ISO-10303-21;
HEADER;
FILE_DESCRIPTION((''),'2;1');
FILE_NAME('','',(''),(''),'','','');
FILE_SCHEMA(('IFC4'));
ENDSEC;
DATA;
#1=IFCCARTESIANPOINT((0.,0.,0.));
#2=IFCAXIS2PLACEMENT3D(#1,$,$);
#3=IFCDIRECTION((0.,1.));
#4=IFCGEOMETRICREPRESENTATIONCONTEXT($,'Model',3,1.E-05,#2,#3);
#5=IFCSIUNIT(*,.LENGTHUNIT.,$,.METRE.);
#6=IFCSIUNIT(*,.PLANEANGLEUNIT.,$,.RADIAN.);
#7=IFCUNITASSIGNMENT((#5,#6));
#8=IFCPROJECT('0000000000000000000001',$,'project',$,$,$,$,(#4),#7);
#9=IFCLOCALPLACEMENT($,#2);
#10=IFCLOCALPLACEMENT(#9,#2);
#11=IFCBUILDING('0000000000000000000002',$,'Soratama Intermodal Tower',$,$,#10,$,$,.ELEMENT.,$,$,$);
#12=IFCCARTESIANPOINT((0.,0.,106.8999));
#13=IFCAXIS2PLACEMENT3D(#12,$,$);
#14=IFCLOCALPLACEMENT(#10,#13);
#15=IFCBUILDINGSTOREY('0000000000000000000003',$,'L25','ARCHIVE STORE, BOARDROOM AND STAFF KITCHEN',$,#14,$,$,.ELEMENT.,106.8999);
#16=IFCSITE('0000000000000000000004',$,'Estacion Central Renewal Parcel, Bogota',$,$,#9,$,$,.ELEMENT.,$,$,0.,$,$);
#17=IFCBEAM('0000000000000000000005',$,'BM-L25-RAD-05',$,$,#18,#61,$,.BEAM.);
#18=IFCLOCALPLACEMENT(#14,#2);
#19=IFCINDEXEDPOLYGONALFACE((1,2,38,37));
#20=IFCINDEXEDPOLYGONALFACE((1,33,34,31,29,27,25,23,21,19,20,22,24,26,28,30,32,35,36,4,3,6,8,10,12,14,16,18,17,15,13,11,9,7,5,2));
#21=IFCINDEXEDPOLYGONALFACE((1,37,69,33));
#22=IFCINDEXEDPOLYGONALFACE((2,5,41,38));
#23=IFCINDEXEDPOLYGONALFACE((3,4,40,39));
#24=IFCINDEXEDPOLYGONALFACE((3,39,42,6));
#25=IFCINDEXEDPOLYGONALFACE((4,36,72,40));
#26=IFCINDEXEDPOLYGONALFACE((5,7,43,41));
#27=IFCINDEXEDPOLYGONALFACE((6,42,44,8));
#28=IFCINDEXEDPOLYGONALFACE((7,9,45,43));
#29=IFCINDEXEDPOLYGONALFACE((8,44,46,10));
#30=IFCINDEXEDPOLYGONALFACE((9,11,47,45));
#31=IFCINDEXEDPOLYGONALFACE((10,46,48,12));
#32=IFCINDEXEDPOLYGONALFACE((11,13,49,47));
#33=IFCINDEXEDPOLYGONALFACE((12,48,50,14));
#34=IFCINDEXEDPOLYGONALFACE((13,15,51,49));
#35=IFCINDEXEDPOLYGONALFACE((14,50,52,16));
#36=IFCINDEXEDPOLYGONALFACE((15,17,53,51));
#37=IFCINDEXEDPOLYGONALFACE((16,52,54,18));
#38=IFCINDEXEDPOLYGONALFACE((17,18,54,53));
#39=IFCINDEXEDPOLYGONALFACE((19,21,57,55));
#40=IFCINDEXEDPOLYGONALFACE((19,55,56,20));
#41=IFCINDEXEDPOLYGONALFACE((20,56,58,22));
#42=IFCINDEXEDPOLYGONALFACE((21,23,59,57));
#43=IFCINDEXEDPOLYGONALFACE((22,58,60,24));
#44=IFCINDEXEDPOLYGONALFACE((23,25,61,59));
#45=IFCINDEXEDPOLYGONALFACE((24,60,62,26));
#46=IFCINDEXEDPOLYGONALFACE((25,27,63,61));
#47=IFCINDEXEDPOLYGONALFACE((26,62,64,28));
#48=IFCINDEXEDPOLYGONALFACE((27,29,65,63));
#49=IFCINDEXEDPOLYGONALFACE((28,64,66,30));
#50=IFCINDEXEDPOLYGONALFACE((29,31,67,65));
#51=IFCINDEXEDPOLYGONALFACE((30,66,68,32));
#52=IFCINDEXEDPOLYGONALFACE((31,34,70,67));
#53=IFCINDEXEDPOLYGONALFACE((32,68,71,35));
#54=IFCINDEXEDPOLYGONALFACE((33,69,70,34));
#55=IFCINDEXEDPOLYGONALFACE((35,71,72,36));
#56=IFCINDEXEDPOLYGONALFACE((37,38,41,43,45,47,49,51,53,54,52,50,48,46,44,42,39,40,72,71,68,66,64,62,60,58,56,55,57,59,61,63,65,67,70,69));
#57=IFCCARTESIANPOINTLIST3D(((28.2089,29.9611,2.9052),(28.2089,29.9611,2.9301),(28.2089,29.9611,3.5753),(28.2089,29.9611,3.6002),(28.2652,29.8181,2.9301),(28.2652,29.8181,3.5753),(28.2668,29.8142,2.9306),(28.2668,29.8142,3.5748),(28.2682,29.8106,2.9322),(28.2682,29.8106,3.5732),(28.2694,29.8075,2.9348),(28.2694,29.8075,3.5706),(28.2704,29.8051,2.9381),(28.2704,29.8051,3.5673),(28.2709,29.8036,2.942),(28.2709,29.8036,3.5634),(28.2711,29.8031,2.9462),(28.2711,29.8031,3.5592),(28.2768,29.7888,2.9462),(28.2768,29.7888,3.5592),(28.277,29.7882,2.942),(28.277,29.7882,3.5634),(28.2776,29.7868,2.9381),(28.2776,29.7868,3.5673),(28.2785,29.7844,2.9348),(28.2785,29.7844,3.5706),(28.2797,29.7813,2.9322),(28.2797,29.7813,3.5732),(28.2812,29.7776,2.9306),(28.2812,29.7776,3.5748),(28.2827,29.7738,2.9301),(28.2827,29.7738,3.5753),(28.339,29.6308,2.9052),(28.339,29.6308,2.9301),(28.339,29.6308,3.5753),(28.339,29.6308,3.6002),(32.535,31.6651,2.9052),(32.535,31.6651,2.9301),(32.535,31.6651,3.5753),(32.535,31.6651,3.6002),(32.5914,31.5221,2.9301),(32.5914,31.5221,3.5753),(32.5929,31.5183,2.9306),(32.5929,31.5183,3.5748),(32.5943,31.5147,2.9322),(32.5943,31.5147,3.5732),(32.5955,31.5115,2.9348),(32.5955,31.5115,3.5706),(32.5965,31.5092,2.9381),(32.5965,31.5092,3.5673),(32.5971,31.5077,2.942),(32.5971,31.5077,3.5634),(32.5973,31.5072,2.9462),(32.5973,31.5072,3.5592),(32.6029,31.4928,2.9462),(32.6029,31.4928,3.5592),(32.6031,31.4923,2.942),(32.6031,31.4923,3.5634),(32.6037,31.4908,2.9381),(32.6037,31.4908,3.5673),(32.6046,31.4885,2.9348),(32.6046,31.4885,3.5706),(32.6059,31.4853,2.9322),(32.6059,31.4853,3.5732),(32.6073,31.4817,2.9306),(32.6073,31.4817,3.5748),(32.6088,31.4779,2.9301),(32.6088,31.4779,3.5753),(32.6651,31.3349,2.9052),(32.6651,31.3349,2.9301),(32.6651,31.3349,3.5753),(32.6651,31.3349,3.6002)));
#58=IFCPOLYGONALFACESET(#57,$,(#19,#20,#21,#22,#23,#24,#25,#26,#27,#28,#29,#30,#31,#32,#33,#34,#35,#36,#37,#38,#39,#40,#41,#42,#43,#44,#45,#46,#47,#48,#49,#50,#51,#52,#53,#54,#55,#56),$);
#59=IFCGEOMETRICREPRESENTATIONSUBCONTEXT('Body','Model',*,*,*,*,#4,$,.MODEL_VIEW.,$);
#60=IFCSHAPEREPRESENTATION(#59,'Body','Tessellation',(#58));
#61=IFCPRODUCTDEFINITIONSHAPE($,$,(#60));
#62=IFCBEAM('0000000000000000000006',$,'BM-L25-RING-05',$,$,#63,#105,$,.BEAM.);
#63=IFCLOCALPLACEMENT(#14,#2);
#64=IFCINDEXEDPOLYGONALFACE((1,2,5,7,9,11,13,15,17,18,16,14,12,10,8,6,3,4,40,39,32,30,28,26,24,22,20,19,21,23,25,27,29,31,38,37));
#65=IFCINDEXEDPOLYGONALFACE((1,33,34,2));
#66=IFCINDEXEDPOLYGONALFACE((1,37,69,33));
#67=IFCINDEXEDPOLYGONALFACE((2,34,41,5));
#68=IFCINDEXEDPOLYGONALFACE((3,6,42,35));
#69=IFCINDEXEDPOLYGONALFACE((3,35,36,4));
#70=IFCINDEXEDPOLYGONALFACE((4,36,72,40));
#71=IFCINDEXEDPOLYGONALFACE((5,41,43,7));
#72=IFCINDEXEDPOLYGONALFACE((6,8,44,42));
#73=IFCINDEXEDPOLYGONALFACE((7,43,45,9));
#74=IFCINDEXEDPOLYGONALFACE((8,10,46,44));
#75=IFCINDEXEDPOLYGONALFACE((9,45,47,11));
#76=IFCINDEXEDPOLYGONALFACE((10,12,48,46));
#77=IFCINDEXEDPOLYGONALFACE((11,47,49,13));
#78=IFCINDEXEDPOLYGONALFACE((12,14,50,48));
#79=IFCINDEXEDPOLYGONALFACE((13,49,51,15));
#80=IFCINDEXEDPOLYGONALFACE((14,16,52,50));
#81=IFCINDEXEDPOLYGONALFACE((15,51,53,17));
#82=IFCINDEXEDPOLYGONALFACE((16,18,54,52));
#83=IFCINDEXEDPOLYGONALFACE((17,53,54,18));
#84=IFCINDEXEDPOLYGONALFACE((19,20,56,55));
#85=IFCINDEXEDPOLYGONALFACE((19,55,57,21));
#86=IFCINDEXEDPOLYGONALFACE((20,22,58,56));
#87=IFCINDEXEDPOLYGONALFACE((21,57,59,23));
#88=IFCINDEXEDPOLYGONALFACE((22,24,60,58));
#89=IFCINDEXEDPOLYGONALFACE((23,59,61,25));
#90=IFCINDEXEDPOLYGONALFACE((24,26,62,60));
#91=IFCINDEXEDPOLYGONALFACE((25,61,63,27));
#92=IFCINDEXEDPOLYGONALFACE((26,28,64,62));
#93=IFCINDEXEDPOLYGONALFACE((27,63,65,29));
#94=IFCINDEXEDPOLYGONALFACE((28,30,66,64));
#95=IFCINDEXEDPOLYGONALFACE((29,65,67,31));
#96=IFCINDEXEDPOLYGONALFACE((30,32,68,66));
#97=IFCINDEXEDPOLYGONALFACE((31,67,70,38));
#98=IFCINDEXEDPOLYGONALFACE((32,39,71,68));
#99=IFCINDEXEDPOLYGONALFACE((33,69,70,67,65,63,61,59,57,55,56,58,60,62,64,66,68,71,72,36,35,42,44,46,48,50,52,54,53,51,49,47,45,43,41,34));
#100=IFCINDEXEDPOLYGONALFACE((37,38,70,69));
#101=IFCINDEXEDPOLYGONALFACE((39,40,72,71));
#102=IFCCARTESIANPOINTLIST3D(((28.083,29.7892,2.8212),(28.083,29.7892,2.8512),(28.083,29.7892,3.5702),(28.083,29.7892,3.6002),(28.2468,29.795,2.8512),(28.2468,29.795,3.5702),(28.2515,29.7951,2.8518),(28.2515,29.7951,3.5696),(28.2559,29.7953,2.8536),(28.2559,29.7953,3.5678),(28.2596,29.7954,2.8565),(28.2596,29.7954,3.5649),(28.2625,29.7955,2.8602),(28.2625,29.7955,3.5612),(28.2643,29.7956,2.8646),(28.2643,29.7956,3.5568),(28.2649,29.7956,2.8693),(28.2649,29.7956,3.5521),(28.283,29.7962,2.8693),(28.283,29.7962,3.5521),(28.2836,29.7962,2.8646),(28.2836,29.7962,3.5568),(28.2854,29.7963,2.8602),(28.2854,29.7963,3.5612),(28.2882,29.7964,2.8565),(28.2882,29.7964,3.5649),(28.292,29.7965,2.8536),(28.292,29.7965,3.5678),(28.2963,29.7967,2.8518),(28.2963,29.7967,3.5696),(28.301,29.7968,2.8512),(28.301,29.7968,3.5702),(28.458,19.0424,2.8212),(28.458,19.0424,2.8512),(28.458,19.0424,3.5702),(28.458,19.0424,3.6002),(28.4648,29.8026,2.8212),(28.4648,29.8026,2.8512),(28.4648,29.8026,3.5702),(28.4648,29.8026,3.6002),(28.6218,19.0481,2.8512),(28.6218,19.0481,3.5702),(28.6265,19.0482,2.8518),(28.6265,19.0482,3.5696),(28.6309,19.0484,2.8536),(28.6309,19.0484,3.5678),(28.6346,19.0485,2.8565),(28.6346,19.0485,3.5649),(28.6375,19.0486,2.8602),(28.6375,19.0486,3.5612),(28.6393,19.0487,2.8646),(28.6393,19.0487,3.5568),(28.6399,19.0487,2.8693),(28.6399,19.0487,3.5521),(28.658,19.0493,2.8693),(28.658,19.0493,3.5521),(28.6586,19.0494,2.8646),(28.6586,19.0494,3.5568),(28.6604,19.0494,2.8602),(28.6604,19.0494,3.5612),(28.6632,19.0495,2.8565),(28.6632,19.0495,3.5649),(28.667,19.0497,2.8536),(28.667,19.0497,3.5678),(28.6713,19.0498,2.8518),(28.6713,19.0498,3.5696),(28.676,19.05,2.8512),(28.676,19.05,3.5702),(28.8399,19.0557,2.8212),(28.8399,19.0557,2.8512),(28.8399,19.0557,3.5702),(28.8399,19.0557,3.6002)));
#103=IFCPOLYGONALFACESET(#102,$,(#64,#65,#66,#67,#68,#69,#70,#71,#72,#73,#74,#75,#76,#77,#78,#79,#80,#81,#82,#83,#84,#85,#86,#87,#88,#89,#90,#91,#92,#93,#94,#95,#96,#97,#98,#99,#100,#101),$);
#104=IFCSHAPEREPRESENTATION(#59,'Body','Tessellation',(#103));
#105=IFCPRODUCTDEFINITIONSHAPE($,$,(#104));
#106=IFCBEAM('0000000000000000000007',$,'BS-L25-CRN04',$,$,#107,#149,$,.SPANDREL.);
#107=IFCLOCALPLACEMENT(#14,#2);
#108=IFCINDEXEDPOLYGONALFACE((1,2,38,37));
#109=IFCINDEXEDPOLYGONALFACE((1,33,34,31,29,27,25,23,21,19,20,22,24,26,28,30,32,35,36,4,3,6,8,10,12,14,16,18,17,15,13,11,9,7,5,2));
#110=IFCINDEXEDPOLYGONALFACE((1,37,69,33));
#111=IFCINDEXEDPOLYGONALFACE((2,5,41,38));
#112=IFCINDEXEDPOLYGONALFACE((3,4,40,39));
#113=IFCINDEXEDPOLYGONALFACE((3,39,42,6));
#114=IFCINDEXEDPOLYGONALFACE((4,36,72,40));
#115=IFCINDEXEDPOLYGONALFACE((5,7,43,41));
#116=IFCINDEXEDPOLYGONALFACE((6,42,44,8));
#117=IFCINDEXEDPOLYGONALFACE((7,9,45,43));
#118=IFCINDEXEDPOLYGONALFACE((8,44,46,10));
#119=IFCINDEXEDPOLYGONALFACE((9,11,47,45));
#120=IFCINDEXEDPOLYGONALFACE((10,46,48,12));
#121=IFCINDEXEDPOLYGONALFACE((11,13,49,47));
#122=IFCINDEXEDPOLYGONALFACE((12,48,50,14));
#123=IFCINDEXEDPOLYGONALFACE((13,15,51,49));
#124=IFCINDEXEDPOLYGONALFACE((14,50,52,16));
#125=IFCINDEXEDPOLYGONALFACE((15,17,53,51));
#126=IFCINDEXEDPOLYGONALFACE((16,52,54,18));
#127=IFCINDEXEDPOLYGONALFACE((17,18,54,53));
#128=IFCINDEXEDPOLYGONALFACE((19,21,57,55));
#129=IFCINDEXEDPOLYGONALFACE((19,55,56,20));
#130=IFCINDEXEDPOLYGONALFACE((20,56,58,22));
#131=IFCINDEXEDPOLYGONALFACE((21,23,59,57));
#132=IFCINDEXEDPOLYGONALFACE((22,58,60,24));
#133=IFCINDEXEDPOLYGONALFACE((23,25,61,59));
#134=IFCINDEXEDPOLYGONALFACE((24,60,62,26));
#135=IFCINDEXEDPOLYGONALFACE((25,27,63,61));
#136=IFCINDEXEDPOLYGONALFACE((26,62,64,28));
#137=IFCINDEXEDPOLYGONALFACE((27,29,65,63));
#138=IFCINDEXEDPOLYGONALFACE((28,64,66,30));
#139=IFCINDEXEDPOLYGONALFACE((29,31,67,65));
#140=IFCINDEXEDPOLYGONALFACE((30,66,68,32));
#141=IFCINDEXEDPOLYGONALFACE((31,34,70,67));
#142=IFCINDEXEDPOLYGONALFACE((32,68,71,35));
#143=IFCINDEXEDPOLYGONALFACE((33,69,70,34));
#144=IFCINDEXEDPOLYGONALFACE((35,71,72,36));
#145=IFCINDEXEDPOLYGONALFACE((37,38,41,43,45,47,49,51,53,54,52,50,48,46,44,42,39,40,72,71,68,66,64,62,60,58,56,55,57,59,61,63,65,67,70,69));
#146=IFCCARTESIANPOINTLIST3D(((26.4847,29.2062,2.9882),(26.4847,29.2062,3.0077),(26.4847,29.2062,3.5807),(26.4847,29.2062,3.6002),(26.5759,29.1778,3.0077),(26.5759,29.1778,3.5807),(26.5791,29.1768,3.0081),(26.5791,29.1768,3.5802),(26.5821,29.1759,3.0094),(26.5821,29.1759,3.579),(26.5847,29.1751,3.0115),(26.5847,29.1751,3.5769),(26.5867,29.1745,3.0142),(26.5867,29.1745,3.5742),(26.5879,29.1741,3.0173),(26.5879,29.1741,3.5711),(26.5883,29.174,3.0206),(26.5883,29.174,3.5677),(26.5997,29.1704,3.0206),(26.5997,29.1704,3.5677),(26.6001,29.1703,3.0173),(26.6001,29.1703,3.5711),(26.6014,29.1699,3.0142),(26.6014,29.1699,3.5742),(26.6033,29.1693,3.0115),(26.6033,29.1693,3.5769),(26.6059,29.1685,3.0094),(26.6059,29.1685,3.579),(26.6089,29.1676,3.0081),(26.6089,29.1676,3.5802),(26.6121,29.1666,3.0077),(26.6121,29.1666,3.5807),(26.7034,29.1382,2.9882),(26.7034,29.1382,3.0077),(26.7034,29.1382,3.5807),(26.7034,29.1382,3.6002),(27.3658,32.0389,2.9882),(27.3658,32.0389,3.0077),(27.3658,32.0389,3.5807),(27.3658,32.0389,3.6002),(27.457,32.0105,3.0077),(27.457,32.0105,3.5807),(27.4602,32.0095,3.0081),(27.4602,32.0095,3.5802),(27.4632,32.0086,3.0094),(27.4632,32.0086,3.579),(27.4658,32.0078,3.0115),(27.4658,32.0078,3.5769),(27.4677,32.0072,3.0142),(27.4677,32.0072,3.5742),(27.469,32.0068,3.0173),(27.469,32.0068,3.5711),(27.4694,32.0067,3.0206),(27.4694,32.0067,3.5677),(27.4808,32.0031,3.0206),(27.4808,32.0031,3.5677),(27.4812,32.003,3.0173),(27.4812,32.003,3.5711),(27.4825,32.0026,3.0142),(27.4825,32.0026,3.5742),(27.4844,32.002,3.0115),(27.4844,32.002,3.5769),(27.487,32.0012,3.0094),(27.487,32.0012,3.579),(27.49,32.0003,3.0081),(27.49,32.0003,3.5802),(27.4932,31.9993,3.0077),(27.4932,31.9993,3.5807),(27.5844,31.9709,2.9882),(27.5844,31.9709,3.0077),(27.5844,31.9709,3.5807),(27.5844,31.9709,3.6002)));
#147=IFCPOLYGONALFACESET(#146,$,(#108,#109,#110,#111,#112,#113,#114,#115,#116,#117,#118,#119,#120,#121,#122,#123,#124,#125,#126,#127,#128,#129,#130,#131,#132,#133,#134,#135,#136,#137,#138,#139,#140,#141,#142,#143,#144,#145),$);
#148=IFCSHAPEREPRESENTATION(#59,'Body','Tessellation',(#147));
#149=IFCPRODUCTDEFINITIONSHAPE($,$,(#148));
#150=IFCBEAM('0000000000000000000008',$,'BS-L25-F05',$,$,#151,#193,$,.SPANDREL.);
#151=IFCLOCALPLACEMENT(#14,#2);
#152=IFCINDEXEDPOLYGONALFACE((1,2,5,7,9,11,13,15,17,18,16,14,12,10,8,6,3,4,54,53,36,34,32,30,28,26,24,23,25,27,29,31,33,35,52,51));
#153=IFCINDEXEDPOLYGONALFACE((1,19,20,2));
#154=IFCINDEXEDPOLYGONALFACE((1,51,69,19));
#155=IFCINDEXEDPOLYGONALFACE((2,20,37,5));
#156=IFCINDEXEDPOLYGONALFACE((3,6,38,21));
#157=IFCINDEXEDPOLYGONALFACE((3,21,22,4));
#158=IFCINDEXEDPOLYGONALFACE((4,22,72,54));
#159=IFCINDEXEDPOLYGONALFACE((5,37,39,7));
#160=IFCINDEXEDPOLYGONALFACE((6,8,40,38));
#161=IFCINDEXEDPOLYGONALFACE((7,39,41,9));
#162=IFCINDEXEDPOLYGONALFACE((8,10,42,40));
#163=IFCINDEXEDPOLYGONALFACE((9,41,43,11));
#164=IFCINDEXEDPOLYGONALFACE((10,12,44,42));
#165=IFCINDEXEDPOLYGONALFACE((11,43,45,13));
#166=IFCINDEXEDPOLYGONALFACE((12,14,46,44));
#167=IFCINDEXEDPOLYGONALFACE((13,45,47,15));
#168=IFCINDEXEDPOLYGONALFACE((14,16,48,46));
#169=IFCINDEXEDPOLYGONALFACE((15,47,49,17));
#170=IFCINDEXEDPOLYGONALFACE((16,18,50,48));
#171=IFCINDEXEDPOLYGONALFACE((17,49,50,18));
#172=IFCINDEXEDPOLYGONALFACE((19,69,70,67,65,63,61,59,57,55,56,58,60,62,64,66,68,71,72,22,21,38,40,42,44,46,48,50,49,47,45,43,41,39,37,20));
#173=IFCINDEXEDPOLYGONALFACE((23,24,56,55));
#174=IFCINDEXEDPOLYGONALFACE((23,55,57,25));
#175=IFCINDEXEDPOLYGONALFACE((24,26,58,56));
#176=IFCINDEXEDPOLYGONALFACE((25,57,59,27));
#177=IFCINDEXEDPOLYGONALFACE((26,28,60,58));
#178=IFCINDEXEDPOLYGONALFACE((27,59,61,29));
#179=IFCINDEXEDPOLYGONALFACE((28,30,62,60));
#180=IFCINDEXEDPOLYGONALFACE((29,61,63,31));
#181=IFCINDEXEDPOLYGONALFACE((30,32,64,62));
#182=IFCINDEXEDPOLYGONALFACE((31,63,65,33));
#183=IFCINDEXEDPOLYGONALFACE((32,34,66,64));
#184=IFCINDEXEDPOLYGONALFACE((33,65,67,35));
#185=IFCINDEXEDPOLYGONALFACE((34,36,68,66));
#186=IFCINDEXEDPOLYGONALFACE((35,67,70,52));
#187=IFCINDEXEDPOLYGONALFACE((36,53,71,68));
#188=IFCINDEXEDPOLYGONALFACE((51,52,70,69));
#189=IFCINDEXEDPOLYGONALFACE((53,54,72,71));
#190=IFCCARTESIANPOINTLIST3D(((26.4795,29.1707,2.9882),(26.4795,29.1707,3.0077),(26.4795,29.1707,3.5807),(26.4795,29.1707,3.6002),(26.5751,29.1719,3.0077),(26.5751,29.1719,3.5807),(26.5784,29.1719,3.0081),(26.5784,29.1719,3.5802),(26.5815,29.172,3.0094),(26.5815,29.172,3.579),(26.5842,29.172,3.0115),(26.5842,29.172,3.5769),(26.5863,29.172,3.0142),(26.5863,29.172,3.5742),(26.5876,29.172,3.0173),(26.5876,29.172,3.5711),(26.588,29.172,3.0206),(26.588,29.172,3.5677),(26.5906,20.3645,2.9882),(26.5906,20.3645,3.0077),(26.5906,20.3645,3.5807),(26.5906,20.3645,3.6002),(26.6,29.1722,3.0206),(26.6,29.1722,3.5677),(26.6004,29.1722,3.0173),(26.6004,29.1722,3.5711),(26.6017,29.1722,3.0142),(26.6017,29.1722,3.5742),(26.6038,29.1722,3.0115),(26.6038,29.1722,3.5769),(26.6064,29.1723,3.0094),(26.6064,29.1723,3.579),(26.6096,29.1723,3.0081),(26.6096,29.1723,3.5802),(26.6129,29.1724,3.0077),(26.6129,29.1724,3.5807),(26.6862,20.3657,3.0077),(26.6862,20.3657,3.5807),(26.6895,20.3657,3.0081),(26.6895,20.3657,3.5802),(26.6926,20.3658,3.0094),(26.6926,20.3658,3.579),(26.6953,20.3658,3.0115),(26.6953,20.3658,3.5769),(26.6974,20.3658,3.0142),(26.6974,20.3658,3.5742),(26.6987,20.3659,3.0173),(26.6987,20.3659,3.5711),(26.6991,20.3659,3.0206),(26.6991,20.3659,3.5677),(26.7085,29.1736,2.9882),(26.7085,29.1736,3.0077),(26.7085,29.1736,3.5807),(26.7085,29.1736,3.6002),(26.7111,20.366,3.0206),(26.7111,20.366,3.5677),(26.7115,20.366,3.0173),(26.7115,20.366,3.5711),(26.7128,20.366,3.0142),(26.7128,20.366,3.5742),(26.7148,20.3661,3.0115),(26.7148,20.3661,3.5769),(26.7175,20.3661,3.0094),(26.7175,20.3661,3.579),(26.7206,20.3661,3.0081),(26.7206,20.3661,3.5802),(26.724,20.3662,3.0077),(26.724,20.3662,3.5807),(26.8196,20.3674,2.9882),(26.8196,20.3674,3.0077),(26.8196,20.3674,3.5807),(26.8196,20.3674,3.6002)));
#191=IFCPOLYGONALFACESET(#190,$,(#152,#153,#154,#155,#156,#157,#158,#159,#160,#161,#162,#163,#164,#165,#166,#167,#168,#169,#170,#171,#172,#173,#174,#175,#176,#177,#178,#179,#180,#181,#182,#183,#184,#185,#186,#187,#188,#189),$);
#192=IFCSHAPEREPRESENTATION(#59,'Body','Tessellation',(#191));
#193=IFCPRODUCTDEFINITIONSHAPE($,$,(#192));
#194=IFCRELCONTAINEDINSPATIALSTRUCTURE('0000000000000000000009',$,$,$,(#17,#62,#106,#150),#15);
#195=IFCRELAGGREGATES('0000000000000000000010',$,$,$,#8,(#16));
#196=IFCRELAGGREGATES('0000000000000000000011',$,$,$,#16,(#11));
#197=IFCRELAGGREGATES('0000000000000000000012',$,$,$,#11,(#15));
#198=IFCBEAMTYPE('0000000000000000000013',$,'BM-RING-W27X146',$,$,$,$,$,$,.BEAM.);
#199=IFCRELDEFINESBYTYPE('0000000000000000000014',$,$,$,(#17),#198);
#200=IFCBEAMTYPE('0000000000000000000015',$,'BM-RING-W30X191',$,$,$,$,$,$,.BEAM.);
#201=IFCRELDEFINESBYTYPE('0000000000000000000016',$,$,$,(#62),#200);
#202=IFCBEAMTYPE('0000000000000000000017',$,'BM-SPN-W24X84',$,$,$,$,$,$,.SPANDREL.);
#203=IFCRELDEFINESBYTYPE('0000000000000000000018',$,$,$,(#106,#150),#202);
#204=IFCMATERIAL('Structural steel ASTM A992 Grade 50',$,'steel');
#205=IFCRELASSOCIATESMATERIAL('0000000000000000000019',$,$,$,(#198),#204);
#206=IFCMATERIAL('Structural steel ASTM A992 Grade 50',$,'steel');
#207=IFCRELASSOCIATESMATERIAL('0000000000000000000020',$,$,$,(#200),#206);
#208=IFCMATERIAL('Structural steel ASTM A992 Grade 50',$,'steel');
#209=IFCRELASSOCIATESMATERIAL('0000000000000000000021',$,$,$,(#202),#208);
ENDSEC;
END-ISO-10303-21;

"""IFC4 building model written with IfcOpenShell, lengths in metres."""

from ifc_helpers import new_model, si_unit, direction, frame, origin, origin_2d, place, context, subcontext, project, spatial, i_section, extrude, material, material_profile, profile_set, type_object, element, save


model = new_model("IFC4")

# Units and contexts
model_context = context("Model", 3, precision=1e-05, world=origin(), true_north=direction((0.0, 1.0)))
body_context = subcontext(model_context, "Body", "Model", "MODEL_VIEW")
ifc_project = project(units=[si_unit("LENGTHUNIT", "METRE"), si_unit("PLANEANGLEUNIT", "RADIAN")], contexts=[model_context])

# Site, building, storey
site_placement = place(None, origin())
site = spatial("IfcSite", under=ifc_project, at=site_placement, Name="Estacion Central Renewal Parcel, Bogota", CompositionType="ELEMENT", RefElevation=0.0)
building_placement = place(site_placement, origin())
building = spatial("IfcBuilding", under=site, at=building_placement, Name="Soratama Intermodal Tower", CompositionType="ELEMENT")
storey_placement = place(building_placement, frame((0.0, 0.0, 106.8999)))
storey = spatial("IfcBuildingStorey", under=building, at=storey_placement, Name="L25", Description="ARCHIVE STORE, BOARDROOM AND STAFF KITCHEN", CompositionType="ELEMENT", Elevation=106.8999)

# Beams
ifc_material_1 = material(Name="Structural steel ASTM A992 Grade 50", Category="steel")
ifc_material_profile_1 = material_profile(ifc_material_1, i_section(OverallWidth=0.355, OverallDepth=0.6951, WebThickness=0.0154, FlangeThickness=0.0249, FilletRadius=0.0161, at=origin_2d()), Name="W27X146")
ifc_profile_set_1 = profile_set([ifc_material_profile_1], Name="Structural steel ASTM A992 Grade 50")
beam_type_1 = type_object("IfcBeamType", Name="BM-RING-W27X146", PredefinedType="BEAM", material=ifc_profile_set_1)
beam_1_placement = place(storey_placement, frame((32.6001, 31.5, 3.2527), z_axis=(-0.930419, -0.366497, 0.0), x_axis=(0.366497, -0.930419, 0.0)))
element("IfcBeam", 1, at=beam_1_placement, inside=storey, type_object=beam_type_1, Name="BM-L25-RAD-05", PredefinedType="BEAM", context=body_context, shape_type="SweptSolid", body=[
    extrude(i_section(OverallWidth=0.355, OverallDepth=0.6951, WebThickness=0.0154, FlangeThickness=0.0249, FilletRadius=0.0161, at=origin_2d()), origin(), (0.0, 0.0, 1.0), 4.6497),
])
ifc_material_2 = material(Name="Structural steel ASTM A992 Grade 50", Category="steel")
ifc_material_profile_2 = material_profile(ifc_material_2, i_section(OverallWidth=0.3821, OverallDepth=0.7791, WebThickness=0.0181, FlangeThickness=0.03, FilletRadius=0.0181, at=origin_2d()), Name="W30X191")
ifc_profile_set_2 = profile_set([ifc_material_profile_2], Name="Structural steel ASTM A992 Grade 50")
beam_type_2 = type_object("IfcBeamType", Name="BM-RING-W30X191", PredefinedType="BEAM", material=ifc_profile_set_2)
beam_2_placement = place(storey_placement, frame((28.2739, 29.7959, 3.2107), z_axis=(0.034873, -0.999392, 0.0), x_axis=(0.999392, 0.034873, 0.0)))
element("IfcBeam", 2, at=beam_2_placement, inside=storey, type_object=beam_type_2, Name="BM-L25-RING-05", PredefinedType="BEAM", context=body_context, shape_type="SweptSolid", body=[
    extrude(i_section(OverallWidth=0.3821, OverallDepth=0.7791, WebThickness=0.0181, FlangeThickness=0.03, FilletRadius=0.0181, at=origin_2d()), origin(), (0.0, 0.0, 1.0), 10.7534),
])
ifc_material_3 = material(Name="Structural steel ASTM A992 Grade 50", Category="steel")
ifc_material_profile_3 = material_profile(ifc_material_3, i_section(OverallWidth=0.229, OverallDepth=0.6121, WebThickness=0.012, FlangeThickness=0.0195, FilletRadius=0.0129, at=origin_2d()), Name="W24X84")
ifc_profile_set_3 = profile_set([ifc_material_profile_3], Name="Structural steel ASTM A992 Grade 50")
beam_type_3 = type_object("IfcBeamType", Name="BM-SPN-W24X84", PredefinedType="SPANDREL", material=ifc_profile_set_3)
beam_3_placement = place(storey_placement, frame((27.4751, 32.0049, 3.2942), z_axis=(-0.297005, -0.954876, 0.0), x_axis=(0.954876, -0.297005, 0.0)))
element("IfcBeam", 3, at=beam_3_placement, inside=storey, type_object=beam_type_3, Name="BS-L25-CRN04", PredefinedType="SPANDREL", context=body_context, shape_type="SweptSolid", body=[
    extrude(i_section(OverallWidth=0.229, OverallDepth=0.6121, WebThickness=0.012, FlangeThickness=0.0195, FilletRadius=0.0129, at=origin_2d()), origin(), (0.0, 0.0, 1.0), 2.9666),
])
beam_4_placement = place(storey_placement, frame((26.594, 29.1721, 3.2942), z_axis=(0.012613, -0.99992, 0.0), x_axis=(0.99992, 0.012613, 0.0)))
element("IfcBeam", 4, at=beam_4_placement, inside=storey, type_object=beam_type_3, Name="BS-L25-F05", PredefinedType="SPANDREL", context=body_context, shape_type="SweptSolid", body=[
    extrude(i_section(OverallWidth=0.229, OverallDepth=0.6121, WebThickness=0.012, FlangeThickness=0.0195, FilletRadius=0.0129, at=origin_2d()), origin(), (0.0, 0.0, 1.0), 8.8069),
])

save(model, "model.ifc")
